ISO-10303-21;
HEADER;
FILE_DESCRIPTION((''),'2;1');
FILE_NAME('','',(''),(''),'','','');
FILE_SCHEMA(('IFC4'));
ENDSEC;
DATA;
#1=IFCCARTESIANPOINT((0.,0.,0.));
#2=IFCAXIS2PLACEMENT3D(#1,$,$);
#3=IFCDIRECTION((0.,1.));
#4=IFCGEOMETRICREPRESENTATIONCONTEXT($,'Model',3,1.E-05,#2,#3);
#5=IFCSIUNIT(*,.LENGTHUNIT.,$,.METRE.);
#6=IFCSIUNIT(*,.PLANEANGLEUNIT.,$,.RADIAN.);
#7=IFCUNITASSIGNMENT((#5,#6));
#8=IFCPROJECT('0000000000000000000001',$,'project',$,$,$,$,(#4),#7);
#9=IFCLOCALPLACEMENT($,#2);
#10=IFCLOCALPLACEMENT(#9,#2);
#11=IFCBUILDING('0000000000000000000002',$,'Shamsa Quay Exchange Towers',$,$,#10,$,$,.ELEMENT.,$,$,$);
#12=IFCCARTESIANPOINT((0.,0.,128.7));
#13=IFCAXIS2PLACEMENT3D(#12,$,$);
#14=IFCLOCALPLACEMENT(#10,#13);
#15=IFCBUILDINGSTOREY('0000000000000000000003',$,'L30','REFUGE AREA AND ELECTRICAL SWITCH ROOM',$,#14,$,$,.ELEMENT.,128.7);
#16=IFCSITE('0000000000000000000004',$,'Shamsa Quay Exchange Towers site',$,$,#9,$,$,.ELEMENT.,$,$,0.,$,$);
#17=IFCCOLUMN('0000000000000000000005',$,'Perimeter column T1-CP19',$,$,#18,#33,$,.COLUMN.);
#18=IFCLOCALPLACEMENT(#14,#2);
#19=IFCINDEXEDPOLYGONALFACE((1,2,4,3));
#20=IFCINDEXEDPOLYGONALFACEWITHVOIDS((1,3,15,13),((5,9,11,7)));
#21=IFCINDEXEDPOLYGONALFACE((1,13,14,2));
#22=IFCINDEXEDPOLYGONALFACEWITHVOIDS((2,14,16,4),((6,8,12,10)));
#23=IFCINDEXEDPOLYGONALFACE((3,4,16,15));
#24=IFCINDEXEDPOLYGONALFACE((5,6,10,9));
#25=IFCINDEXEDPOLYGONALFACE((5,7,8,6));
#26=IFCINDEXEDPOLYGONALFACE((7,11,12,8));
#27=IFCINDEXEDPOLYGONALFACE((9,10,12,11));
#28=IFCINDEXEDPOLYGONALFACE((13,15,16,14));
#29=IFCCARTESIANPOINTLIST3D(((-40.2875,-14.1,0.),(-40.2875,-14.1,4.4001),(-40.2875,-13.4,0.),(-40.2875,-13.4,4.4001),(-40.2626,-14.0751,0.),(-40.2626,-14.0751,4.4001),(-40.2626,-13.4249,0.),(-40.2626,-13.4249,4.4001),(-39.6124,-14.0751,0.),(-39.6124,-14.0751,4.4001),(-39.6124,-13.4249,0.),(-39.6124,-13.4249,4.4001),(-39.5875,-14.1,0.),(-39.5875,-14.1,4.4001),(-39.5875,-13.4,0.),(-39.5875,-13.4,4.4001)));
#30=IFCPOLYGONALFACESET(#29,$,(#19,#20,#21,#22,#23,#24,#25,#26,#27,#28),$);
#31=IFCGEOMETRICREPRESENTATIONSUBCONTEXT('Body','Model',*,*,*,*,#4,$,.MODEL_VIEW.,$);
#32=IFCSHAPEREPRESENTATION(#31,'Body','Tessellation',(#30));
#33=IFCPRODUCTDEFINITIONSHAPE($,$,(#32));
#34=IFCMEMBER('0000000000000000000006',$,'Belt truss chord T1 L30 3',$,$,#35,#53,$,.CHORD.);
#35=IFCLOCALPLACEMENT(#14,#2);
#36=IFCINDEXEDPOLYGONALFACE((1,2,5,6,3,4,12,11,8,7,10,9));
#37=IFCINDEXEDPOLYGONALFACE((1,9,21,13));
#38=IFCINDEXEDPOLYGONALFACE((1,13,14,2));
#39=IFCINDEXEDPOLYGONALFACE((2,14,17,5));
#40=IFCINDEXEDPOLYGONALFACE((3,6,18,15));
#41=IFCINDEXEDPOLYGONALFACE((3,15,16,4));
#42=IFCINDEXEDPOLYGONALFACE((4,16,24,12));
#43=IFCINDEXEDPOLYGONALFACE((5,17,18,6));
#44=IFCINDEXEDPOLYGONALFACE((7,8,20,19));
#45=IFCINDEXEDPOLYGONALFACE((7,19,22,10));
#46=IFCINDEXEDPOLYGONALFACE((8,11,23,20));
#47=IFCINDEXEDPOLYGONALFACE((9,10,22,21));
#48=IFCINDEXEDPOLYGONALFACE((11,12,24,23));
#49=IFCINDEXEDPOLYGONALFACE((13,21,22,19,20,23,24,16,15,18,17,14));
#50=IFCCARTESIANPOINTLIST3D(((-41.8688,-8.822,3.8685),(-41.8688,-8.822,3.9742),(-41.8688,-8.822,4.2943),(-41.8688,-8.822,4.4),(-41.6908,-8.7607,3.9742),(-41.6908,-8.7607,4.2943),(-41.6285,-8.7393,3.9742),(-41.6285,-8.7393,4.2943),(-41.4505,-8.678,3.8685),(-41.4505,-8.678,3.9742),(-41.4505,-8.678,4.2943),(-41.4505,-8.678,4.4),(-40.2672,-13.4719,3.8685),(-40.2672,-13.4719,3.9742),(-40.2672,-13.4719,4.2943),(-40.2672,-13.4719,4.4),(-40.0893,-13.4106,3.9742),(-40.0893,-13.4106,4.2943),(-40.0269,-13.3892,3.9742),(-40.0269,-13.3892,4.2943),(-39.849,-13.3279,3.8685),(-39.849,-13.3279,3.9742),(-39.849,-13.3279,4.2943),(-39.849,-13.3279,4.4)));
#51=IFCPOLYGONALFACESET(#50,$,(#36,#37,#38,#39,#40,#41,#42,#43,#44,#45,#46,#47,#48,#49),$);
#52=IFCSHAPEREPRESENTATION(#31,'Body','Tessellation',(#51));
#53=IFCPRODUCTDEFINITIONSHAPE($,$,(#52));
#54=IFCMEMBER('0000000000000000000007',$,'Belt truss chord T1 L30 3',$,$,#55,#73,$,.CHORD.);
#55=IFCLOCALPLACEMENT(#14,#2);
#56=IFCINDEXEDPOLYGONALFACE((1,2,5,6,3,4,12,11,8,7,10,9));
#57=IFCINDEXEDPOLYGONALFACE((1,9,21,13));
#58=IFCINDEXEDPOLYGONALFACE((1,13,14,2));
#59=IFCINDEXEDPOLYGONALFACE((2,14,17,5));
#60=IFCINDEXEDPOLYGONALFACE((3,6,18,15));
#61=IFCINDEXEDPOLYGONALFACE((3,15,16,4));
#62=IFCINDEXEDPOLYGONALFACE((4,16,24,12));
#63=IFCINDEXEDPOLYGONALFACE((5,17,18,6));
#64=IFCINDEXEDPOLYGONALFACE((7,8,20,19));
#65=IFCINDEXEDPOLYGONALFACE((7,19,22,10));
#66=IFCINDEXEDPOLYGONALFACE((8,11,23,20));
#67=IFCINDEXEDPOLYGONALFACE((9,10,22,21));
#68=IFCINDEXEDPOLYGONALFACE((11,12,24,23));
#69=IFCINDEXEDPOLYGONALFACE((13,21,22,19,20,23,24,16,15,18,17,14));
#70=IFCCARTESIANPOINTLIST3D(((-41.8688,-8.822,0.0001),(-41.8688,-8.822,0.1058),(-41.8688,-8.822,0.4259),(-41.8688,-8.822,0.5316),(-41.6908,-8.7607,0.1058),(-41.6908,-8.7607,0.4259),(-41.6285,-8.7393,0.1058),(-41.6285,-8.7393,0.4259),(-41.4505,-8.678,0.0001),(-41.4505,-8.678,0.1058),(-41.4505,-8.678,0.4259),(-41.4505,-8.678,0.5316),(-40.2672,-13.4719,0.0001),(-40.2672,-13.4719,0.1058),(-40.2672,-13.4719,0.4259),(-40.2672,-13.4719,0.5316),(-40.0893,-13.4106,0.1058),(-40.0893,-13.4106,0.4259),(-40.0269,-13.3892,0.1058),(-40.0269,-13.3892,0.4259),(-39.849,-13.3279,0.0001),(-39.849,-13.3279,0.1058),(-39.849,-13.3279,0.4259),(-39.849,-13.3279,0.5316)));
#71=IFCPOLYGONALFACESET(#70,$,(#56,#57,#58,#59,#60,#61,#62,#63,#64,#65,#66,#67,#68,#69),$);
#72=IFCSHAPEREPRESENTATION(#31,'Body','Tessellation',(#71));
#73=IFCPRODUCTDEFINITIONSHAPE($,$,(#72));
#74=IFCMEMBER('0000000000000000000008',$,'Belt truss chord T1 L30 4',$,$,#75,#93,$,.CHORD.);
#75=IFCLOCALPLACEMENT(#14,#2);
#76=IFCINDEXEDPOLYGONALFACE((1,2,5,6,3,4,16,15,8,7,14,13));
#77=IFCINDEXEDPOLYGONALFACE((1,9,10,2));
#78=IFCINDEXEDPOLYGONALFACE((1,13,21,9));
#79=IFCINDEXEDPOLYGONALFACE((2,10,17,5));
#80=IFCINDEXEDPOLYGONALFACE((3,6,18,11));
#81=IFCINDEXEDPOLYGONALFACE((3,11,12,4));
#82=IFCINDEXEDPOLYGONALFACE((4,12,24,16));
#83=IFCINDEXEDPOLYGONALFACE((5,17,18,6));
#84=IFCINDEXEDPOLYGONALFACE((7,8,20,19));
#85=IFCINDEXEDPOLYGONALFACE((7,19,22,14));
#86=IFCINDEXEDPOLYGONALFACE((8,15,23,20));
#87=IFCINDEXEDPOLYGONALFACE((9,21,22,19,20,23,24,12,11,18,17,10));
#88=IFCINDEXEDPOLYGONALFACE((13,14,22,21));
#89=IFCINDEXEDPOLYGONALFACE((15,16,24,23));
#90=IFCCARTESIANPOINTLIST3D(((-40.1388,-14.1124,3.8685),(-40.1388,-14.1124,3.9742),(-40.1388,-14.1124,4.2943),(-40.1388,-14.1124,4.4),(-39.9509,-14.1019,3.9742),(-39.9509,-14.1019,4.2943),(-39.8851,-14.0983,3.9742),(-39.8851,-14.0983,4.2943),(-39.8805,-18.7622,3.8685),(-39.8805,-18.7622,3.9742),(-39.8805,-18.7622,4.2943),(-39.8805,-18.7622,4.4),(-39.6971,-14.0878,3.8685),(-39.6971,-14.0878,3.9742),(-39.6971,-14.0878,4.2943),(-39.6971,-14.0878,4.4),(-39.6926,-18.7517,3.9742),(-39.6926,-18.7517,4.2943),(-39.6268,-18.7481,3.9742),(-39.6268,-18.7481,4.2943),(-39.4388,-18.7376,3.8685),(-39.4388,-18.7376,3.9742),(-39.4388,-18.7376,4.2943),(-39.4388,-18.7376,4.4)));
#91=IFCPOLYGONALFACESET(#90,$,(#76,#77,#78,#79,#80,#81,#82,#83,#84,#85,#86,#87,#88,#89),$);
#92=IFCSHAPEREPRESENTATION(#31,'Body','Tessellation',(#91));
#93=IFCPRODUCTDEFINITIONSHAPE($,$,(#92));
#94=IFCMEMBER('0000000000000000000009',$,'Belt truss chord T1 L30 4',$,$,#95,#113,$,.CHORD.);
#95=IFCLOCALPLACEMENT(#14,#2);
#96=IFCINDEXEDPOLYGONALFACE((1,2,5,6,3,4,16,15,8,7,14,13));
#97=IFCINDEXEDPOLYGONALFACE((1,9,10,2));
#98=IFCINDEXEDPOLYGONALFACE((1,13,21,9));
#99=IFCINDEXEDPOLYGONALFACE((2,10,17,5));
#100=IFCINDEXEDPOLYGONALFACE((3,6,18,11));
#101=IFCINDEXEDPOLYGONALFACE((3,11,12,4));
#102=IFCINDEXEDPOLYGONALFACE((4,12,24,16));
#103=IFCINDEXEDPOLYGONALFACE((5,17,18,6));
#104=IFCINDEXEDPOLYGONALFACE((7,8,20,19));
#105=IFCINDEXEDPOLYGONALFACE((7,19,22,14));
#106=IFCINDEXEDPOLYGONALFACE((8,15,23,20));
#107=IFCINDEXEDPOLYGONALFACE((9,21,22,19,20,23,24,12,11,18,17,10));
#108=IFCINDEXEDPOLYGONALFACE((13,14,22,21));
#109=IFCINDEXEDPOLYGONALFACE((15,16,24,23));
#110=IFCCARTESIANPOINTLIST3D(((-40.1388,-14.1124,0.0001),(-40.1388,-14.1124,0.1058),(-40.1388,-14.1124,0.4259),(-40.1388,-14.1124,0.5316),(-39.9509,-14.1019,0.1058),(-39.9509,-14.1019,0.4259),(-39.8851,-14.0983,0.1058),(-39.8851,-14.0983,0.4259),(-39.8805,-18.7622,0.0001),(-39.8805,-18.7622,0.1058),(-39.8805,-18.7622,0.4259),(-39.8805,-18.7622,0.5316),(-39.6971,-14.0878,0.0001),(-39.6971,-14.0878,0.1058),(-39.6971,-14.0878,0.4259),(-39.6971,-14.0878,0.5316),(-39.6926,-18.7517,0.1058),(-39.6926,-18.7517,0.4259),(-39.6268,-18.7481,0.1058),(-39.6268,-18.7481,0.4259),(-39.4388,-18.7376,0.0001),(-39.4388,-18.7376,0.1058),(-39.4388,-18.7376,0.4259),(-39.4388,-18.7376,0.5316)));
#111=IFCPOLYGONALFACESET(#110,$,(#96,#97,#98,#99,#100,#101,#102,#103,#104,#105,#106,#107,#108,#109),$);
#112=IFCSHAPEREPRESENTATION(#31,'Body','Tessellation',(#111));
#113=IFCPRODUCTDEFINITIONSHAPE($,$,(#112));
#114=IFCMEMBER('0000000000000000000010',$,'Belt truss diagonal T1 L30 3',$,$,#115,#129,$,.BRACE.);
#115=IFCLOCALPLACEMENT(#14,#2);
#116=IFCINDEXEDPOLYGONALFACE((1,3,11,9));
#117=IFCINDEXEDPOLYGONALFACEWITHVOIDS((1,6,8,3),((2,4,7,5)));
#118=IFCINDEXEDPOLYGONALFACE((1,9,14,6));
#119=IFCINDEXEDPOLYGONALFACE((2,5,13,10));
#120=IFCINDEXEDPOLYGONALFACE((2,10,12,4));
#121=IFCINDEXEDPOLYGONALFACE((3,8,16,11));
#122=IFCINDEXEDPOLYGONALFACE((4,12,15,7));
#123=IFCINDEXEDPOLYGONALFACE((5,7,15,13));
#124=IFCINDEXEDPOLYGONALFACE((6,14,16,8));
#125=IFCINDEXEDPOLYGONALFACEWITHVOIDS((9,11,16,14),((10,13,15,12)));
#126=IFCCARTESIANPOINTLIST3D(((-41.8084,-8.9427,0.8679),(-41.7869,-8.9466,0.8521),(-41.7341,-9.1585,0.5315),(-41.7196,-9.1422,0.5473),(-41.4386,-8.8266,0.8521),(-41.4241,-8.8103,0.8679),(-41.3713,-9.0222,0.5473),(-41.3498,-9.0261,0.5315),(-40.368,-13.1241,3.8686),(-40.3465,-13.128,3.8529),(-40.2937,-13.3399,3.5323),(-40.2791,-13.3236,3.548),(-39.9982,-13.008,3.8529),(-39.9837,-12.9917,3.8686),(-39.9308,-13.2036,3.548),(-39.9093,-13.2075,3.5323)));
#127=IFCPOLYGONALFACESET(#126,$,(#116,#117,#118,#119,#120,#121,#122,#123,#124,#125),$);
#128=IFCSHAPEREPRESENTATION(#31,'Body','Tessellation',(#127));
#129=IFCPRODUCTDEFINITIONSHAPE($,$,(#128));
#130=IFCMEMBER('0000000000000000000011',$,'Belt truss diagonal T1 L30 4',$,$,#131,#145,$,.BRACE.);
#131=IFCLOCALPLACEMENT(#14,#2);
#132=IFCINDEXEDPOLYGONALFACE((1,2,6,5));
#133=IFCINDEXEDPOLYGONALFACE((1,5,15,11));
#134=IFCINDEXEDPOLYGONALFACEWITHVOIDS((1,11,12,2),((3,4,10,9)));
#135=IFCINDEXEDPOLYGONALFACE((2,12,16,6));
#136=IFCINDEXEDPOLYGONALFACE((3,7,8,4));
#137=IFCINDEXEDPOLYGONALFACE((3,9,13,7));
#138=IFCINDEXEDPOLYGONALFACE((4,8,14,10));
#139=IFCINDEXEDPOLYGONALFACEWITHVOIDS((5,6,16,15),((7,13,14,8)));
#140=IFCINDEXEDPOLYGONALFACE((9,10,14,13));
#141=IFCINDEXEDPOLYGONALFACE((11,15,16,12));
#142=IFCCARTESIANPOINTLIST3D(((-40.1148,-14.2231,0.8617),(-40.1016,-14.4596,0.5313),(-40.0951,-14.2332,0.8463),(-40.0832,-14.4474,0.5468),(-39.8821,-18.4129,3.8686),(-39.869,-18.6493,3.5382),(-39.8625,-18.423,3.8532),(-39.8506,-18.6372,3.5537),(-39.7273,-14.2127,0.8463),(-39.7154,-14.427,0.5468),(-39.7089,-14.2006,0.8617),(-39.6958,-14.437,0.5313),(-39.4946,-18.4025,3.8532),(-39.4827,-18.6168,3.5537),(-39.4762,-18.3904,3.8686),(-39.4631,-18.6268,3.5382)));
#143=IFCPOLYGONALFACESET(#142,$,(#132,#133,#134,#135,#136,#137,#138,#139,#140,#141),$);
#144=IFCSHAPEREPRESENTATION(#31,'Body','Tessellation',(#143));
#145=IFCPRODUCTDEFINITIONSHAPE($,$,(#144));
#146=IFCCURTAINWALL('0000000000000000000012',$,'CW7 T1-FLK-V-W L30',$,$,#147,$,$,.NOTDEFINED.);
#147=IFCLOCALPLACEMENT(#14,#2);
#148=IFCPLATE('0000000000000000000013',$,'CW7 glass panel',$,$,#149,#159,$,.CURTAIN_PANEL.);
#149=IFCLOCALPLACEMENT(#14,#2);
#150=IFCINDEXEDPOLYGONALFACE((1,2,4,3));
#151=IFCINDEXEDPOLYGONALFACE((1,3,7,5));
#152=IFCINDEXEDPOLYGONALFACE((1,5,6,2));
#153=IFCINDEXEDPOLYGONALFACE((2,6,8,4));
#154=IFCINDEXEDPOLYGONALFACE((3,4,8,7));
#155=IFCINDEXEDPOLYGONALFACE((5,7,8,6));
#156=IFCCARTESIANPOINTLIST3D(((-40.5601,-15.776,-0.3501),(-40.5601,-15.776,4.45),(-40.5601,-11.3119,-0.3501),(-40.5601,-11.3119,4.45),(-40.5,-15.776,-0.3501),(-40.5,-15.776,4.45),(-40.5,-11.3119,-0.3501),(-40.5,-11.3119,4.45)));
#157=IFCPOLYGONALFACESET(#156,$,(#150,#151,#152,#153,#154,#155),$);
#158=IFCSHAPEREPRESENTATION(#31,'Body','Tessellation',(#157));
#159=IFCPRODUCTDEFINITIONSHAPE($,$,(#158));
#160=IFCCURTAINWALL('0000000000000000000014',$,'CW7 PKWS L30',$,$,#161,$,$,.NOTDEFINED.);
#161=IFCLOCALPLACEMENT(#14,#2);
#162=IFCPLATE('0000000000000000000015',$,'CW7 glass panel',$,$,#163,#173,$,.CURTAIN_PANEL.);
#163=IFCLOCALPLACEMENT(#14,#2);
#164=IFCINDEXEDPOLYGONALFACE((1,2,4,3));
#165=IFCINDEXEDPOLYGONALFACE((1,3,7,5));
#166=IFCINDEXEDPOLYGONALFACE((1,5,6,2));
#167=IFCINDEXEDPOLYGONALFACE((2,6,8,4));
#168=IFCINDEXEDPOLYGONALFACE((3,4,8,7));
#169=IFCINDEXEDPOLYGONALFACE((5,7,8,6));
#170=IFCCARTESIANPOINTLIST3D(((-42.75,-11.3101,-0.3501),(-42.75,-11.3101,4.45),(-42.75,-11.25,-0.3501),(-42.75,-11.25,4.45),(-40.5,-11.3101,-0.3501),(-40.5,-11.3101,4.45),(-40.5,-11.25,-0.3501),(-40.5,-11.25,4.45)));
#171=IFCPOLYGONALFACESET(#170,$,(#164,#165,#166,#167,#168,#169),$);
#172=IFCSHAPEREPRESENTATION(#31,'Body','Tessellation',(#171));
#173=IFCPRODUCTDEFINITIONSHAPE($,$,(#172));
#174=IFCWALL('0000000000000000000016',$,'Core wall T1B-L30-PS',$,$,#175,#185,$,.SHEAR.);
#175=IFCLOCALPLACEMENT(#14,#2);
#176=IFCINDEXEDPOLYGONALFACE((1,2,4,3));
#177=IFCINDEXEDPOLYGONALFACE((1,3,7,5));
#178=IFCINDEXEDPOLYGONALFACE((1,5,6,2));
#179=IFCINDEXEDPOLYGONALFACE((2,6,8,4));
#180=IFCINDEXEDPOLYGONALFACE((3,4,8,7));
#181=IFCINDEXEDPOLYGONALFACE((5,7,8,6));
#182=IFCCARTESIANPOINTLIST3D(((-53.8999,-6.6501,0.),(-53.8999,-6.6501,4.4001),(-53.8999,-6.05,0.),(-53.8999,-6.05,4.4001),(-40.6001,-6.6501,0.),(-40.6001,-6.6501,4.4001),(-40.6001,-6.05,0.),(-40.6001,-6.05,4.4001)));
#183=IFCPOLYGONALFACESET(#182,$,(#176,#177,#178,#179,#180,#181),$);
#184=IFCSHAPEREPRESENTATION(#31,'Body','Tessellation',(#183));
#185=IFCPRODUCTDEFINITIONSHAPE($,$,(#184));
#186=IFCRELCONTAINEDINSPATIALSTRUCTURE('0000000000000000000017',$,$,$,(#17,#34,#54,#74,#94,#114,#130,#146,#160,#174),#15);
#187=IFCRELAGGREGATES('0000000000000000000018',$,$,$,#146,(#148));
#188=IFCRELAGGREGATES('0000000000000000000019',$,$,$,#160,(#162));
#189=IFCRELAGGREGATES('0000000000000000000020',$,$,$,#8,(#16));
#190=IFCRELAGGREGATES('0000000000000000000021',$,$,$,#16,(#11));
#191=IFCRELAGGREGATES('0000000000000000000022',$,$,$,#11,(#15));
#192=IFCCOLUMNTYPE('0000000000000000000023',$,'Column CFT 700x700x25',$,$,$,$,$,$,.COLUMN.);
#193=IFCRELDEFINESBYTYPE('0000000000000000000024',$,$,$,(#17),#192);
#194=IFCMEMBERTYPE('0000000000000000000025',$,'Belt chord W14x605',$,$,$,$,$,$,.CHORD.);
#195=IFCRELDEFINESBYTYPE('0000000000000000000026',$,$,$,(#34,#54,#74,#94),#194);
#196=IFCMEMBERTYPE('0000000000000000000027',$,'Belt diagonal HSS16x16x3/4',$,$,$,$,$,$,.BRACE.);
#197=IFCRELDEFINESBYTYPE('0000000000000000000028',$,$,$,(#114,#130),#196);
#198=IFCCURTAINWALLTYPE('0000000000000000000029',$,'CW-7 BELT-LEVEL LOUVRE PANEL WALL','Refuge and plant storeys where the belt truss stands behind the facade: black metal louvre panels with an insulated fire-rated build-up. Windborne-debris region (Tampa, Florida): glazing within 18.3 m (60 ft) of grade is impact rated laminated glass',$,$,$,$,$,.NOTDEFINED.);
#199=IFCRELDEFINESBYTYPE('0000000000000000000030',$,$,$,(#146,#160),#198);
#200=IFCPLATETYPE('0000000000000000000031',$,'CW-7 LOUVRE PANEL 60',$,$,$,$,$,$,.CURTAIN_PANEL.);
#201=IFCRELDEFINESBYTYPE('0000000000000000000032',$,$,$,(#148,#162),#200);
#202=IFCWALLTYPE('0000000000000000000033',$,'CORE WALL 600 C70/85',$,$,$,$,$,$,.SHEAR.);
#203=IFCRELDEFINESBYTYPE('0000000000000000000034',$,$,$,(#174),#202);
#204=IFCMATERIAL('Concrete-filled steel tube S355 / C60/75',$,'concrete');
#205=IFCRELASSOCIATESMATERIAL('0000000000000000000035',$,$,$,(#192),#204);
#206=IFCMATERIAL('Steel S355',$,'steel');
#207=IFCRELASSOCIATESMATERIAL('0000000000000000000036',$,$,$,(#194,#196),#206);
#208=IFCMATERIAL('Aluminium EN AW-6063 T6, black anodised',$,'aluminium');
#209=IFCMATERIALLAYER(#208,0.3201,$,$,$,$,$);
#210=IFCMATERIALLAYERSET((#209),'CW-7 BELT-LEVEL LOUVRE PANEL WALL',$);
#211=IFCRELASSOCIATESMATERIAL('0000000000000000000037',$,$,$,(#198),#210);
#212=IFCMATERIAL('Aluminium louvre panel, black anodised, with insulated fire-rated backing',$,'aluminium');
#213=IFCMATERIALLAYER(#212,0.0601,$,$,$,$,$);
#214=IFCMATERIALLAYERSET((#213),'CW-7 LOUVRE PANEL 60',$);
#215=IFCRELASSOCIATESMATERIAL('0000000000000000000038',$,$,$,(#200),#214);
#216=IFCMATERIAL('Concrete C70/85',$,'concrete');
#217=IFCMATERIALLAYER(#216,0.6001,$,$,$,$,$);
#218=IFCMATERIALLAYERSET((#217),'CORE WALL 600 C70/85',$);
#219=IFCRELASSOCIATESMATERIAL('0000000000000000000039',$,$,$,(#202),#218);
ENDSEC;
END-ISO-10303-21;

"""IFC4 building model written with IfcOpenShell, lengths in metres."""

from ifc_helpers import new_model, si_unit, direction, frame, frame_2d, origin, origin_2d, place, context, subcontext, project, spatial, rectangle, hollow_rectangle, i_section, extrude, material, layer, layer_set, material_profile, profile_set, type_object, element, aggregate, save


model = new_model("IFC4")

# Units and contexts
model_context = context("Model", 3, precision=1e-05, world=origin(), true_north=direction((0.0, 1.0)))
body_context = subcontext(model_context, "Body", "Model", "MODEL_VIEW")
ifc_project = project(units=[si_unit("LENGTHUNIT", "METRE"), si_unit("PLANEANGLEUNIT", "RADIAN")], contexts=[model_context])

# Site, building, storey
site_placement = place(None, origin())
site = spatial("IfcSite", under=ifc_project, at=site_placement, Name="Shamsa Quay Exchange Towers site", CompositionType="ELEMENT", RefElevation=0.0)
building_placement = place(site_placement, origin())
building = spatial("IfcBuilding", under=site, at=building_placement, Name="Shamsa Quay Exchange Towers", CompositionType="ELEMENT")
storey_placement = place(building_placement, frame((0.0, 0.0, 128.7)))
storey = spatial("IfcBuildingStorey", under=building, at=storey_placement, Name="L30", Description="REFUGE AREA AND ELECTRICAL SWITCH ROOM", CompositionType="ELEMENT", Elevation=128.7)

# Column
ifc_material_1 = material(Name="Concrete-filled steel tube S355 / C60/75", Category="concrete")
ifc_material_profile_1 = material_profile(ifc_material_1, hollow_rectangle(XDim=0.7, YDim=0.7, WallThickness=0.0249, at=origin_2d()), Name="CFT 700x700x25")
ifc_profile_set_1 = profile_set([ifc_material_profile_1], Name="Concrete-filled steel tube S355 / C60/75")
column_type = type_object("IfcColumnType", Name="Column CFT 700x700x25", PredefinedType="COLUMN", material=ifc_profile_set_1)
column_placement = place(storey_placement, frame((-39.9375, -13.75, 0.0)))
element("IfcColumn", 1, at=column_placement, inside=storey, type_object=column_type, Name="Perimeter column T1-CP19", PredefinedType="COLUMN", context=body_context, shape_type="SweptSolid", body=[
    extrude(hollow_rectangle(XDim=0.7, YDim=0.7, WallThickness=0.0249, at=origin_2d()), origin(), (0.0, 0.0, 1.0), 4.4001),
])

# Members
ifc_material_2 = material(Name="Steel S355", Category="steel")
ifc_material_profile_2 = material_profile(ifc_material_2, i_section(OverallWidth=0.4424, OverallDepth=0.5315, WebThickness=0.0659, FlangeThickness=0.1057, at=origin_2d()), Name="W14x605")
ifc_profile_set_2 = profile_set([ifc_material_profile_2], Name="Steel S355")
member_type_1 = type_object("IfcMemberType", Name="Belt chord W14x605", PredefinedType="CHORD", material=ifc_profile_set_2)
for number, where, z_axis, x_axis, name in (
    (2, (-41.6597, -8.75, 4.1343), (0.325654, -0.945489, 0.0), (0.945489, 0.325654, 0.0), "Belt truss chord T1 L30 3"),
    (3, (-41.6597, -8.75, 0.2659), (0.325654, -0.945489, 0.0), (0.945489, 0.325654, 0.0), "Belt truss chord T1 L30 3"),
):
    element("IfcMember", number, at=place(storey_placement, frame(where, z_axis=z_axis, x_axis=x_axis)), inside=storey, type_object=member_type_1, Name=name, PredefinedType="CHORD", context=body_context, shape_type="SweptSolid", body=[
        extrude(i_section(OverallWidth=0.4424, OverallDepth=0.5315, WebThickness=0.0659, FlangeThickness=0.1057, at=origin_2d()), origin(), (0.0, 0.0, 1.0), 4.918),
    ])
for number, where, z_axis, x_axis, name in (
    (4, (-39.918, -14.1001, 4.1343), (0.055464, -0.998461, 0.0), (0.998461, 0.055464, 0.0), "Belt truss chord T1 L30 4"),
    (5, (-39.918, -14.1001, 0.2659), (0.055464, -0.998461, 0.0), (0.998461, 0.055464, 0.0), "Belt truss chord T1 L30 4"),
):
    element("IfcMember", number, at=place(storey_placement, frame(where, z_axis=z_axis, x_axis=x_axis)), inside=storey, type_object=member_type_1, Name=name, PredefinedType="CHORD", context=body_context, shape_type="SweptSolid", body=[
        extrude(i_section(OverallWidth=0.4424, OverallDepth=0.5315, WebThickness=0.0659, FlangeThickness=0.1057, at=origin_2d()), origin(), (0.0, 0.0, 1.0), 4.657),
    ])
ifc_material_profile_3 = material_profile(ifc_material_2, hollow_rectangle(XDim=0.4065, YDim=0.4065, WallThickness=0.019, at=origin_2d()), Name="HSS16x16x3/4")
ifc_profile_set_3 = profile_set([ifc_material_profile_3], Name="Steel S355")
member_type_2 = type_object("IfcMemberType", Name="Belt diagonal HSS16x16x3/4", PredefinedType="BRACE", material=ifc_profile_set_3)
member_1_placement = place(storey_placement, frame((-41.5791, -8.9844, 0.6997), z_axis=(0.269518, -0.782379, 0.561465), x_axis=(0.945473, 0.325701, 0.0)))
element("IfcMember", 6, at=member_1_placement, inside=storey, type_object=member_type_2, Name="Belt truss diagonal T1 L30 3", PredefinedType="BRACE", context=body_context, shape_type="SweptSolid", body=[
    extrude(hollow_rectangle(XDim=0.4065, YDim=0.4065, WallThickness=0.019, at=origin_2d()), origin(), (0.0, 0.0, 1.0), 5.3445),
])
member_2_placement = place(storey_placement, frame((-39.9053, -14.3301, 0.6965), z_axis=(0.045071, -0.811604, 0.582467), x_axis=(0.998462, 0.055447, 0.0)))
element("IfcMember", 7, at=member_2_placement, inside=storey, type_object=member_type_2, Name="Belt truss diagonal T1 L30 4", PredefinedType="BRACE", context=body_context, shape_type="SweptSolid", body=[
    extrude(hollow_rectangle(XDim=0.4065, YDim=0.4065, WallThickness=0.019, at=origin_2d()), origin(), (0.0, 0.0, 1.0), 5.1624),
])

# Curtain walls, plates
ifc_material_3 = material(Name="Aluminium EN AW-6063 T6, black anodised", Category="aluminium")
ifc_layer_1 = layer(ifc_material_3, 0.3201)
ifc_layer_set_1 = layer_set([ifc_layer_1], Name="CW-7 BELT-LEVEL LOUVRE PANEL WALL")
curtain_wall_type = type_object("IfcCurtainWallType", Name="CW-7 BELT-LEVEL LOUVRE PANEL WALL", Description="Refuge and plant storeys where the belt truss stands behind the facade: black metal louvre panels with an insulated fire-rated build-up. Windborne-debris region (Tampa, Florida): glazing within 18.3 m (60 ft) of grade is impact rated laminated glass", PredefinedType="NOTDEFINED", material=ifc_layer_set_1)
curtain_wall_1_placement = place(storey_placement, origin())
curtain_wall_1 = element("IfcCurtainWall", 8, at=curtain_wall_1_placement, inside=storey, type_object=curtain_wall_type, Name="CW7 T1-FLK-V-W L30", PredefinedType="NOTDEFINED")
ifc_material_4 = material(Name="Aluminium louvre panel, black anodised, with insulated fire-rated backing", Category="aluminium")
ifc_layer_2 = layer(ifc_material_4, 0.0601)
ifc_layer_set_2 = layer_set([ifc_layer_2], Name="CW-7 LOUVRE PANEL 60")
plate_type = type_object("IfcPlateType", Name="CW-7 LOUVRE PANEL 60", PredefinedType="CURTAIN_PANEL", material=ifc_layer_set_2)
plate_1_placement = place(storey_placement, frame((-40.53, -13.5439, -0.3501), z_axis=(0.0, 0.0, 1.0), x_axis=(0.0, -1.0, 0.0)))
plate_1 = element("IfcPlate", 9, at=plate_1_placement, type_object=plate_type, Name="CW7 glass panel", PredefinedType="CURTAIN_PANEL", context=body_context, shape_type="SweptSolid", body=[
    extrude(rectangle(XDim=4.4641, YDim=0.0601, at=origin_2d()), origin(), (0.0, 0.0, 1.0), 4.8),
])
aggregate(curtain_wall_1, [plate_1])
curtain_wall_2_placement = place(storey_placement, origin())
curtain_wall_2 = element("IfcCurtainWall", 10, at=curtain_wall_2_placement, inside=storey, type_object=curtain_wall_type, Name="CW7 PKWS L30", PredefinedType="NOTDEFINED")
plate_2_placement = place(storey_placement, frame((-41.625, -11.28, -0.3501)))
plate_2 = element("IfcPlate", 11, at=plate_2_placement, type_object=plate_type, Name="CW7 glass panel", PredefinedType="CURTAIN_PANEL", context=body_context, shape_type="SweptSolid", body=[
    extrude(rectangle(XDim=2.25, YDim=0.0601, at=origin_2d()), origin(), (0.0, 0.0, 1.0), 4.8),
])
aggregate(curtain_wall_2, [plate_2])

# Wall
ifc_material_5 = material(Name="Concrete C70/85", Category="concrete")
ifc_layer_3 = layer(ifc_material_5, 0.6001)
ifc_layer_set_3 = layer_set([ifc_layer_3], Name="CORE WALL 600 C70/85")
wall_type_1 = type_object("IfcWallType", Name="CORE WALL 600 C70/85", PredefinedType="SHEAR", material=ifc_layer_set_3)
wall_1_placement = place(storey_placement, frame((-40.6001, -6.3501, 0.0), z_axis=(0.0, 0.0, 1.0), x_axis=(-1.0, 0.0, 0.0)))
element("IfcWall", 12, at=wall_1_placement, inside=storey, type_object=wall_type_1, Name="Core wall T1B-L30-PS", PredefinedType="SHEAR", context=body_context, shape_type="SweptSolid", body=[
    extrude(rectangle(XDim=13.2998, YDim=0.6001, at=frame_2d((6.6499, 0.0))), origin(), (0.0, 0.0, 1.0), 4.4001),
])

save(model, "model.ifc")
